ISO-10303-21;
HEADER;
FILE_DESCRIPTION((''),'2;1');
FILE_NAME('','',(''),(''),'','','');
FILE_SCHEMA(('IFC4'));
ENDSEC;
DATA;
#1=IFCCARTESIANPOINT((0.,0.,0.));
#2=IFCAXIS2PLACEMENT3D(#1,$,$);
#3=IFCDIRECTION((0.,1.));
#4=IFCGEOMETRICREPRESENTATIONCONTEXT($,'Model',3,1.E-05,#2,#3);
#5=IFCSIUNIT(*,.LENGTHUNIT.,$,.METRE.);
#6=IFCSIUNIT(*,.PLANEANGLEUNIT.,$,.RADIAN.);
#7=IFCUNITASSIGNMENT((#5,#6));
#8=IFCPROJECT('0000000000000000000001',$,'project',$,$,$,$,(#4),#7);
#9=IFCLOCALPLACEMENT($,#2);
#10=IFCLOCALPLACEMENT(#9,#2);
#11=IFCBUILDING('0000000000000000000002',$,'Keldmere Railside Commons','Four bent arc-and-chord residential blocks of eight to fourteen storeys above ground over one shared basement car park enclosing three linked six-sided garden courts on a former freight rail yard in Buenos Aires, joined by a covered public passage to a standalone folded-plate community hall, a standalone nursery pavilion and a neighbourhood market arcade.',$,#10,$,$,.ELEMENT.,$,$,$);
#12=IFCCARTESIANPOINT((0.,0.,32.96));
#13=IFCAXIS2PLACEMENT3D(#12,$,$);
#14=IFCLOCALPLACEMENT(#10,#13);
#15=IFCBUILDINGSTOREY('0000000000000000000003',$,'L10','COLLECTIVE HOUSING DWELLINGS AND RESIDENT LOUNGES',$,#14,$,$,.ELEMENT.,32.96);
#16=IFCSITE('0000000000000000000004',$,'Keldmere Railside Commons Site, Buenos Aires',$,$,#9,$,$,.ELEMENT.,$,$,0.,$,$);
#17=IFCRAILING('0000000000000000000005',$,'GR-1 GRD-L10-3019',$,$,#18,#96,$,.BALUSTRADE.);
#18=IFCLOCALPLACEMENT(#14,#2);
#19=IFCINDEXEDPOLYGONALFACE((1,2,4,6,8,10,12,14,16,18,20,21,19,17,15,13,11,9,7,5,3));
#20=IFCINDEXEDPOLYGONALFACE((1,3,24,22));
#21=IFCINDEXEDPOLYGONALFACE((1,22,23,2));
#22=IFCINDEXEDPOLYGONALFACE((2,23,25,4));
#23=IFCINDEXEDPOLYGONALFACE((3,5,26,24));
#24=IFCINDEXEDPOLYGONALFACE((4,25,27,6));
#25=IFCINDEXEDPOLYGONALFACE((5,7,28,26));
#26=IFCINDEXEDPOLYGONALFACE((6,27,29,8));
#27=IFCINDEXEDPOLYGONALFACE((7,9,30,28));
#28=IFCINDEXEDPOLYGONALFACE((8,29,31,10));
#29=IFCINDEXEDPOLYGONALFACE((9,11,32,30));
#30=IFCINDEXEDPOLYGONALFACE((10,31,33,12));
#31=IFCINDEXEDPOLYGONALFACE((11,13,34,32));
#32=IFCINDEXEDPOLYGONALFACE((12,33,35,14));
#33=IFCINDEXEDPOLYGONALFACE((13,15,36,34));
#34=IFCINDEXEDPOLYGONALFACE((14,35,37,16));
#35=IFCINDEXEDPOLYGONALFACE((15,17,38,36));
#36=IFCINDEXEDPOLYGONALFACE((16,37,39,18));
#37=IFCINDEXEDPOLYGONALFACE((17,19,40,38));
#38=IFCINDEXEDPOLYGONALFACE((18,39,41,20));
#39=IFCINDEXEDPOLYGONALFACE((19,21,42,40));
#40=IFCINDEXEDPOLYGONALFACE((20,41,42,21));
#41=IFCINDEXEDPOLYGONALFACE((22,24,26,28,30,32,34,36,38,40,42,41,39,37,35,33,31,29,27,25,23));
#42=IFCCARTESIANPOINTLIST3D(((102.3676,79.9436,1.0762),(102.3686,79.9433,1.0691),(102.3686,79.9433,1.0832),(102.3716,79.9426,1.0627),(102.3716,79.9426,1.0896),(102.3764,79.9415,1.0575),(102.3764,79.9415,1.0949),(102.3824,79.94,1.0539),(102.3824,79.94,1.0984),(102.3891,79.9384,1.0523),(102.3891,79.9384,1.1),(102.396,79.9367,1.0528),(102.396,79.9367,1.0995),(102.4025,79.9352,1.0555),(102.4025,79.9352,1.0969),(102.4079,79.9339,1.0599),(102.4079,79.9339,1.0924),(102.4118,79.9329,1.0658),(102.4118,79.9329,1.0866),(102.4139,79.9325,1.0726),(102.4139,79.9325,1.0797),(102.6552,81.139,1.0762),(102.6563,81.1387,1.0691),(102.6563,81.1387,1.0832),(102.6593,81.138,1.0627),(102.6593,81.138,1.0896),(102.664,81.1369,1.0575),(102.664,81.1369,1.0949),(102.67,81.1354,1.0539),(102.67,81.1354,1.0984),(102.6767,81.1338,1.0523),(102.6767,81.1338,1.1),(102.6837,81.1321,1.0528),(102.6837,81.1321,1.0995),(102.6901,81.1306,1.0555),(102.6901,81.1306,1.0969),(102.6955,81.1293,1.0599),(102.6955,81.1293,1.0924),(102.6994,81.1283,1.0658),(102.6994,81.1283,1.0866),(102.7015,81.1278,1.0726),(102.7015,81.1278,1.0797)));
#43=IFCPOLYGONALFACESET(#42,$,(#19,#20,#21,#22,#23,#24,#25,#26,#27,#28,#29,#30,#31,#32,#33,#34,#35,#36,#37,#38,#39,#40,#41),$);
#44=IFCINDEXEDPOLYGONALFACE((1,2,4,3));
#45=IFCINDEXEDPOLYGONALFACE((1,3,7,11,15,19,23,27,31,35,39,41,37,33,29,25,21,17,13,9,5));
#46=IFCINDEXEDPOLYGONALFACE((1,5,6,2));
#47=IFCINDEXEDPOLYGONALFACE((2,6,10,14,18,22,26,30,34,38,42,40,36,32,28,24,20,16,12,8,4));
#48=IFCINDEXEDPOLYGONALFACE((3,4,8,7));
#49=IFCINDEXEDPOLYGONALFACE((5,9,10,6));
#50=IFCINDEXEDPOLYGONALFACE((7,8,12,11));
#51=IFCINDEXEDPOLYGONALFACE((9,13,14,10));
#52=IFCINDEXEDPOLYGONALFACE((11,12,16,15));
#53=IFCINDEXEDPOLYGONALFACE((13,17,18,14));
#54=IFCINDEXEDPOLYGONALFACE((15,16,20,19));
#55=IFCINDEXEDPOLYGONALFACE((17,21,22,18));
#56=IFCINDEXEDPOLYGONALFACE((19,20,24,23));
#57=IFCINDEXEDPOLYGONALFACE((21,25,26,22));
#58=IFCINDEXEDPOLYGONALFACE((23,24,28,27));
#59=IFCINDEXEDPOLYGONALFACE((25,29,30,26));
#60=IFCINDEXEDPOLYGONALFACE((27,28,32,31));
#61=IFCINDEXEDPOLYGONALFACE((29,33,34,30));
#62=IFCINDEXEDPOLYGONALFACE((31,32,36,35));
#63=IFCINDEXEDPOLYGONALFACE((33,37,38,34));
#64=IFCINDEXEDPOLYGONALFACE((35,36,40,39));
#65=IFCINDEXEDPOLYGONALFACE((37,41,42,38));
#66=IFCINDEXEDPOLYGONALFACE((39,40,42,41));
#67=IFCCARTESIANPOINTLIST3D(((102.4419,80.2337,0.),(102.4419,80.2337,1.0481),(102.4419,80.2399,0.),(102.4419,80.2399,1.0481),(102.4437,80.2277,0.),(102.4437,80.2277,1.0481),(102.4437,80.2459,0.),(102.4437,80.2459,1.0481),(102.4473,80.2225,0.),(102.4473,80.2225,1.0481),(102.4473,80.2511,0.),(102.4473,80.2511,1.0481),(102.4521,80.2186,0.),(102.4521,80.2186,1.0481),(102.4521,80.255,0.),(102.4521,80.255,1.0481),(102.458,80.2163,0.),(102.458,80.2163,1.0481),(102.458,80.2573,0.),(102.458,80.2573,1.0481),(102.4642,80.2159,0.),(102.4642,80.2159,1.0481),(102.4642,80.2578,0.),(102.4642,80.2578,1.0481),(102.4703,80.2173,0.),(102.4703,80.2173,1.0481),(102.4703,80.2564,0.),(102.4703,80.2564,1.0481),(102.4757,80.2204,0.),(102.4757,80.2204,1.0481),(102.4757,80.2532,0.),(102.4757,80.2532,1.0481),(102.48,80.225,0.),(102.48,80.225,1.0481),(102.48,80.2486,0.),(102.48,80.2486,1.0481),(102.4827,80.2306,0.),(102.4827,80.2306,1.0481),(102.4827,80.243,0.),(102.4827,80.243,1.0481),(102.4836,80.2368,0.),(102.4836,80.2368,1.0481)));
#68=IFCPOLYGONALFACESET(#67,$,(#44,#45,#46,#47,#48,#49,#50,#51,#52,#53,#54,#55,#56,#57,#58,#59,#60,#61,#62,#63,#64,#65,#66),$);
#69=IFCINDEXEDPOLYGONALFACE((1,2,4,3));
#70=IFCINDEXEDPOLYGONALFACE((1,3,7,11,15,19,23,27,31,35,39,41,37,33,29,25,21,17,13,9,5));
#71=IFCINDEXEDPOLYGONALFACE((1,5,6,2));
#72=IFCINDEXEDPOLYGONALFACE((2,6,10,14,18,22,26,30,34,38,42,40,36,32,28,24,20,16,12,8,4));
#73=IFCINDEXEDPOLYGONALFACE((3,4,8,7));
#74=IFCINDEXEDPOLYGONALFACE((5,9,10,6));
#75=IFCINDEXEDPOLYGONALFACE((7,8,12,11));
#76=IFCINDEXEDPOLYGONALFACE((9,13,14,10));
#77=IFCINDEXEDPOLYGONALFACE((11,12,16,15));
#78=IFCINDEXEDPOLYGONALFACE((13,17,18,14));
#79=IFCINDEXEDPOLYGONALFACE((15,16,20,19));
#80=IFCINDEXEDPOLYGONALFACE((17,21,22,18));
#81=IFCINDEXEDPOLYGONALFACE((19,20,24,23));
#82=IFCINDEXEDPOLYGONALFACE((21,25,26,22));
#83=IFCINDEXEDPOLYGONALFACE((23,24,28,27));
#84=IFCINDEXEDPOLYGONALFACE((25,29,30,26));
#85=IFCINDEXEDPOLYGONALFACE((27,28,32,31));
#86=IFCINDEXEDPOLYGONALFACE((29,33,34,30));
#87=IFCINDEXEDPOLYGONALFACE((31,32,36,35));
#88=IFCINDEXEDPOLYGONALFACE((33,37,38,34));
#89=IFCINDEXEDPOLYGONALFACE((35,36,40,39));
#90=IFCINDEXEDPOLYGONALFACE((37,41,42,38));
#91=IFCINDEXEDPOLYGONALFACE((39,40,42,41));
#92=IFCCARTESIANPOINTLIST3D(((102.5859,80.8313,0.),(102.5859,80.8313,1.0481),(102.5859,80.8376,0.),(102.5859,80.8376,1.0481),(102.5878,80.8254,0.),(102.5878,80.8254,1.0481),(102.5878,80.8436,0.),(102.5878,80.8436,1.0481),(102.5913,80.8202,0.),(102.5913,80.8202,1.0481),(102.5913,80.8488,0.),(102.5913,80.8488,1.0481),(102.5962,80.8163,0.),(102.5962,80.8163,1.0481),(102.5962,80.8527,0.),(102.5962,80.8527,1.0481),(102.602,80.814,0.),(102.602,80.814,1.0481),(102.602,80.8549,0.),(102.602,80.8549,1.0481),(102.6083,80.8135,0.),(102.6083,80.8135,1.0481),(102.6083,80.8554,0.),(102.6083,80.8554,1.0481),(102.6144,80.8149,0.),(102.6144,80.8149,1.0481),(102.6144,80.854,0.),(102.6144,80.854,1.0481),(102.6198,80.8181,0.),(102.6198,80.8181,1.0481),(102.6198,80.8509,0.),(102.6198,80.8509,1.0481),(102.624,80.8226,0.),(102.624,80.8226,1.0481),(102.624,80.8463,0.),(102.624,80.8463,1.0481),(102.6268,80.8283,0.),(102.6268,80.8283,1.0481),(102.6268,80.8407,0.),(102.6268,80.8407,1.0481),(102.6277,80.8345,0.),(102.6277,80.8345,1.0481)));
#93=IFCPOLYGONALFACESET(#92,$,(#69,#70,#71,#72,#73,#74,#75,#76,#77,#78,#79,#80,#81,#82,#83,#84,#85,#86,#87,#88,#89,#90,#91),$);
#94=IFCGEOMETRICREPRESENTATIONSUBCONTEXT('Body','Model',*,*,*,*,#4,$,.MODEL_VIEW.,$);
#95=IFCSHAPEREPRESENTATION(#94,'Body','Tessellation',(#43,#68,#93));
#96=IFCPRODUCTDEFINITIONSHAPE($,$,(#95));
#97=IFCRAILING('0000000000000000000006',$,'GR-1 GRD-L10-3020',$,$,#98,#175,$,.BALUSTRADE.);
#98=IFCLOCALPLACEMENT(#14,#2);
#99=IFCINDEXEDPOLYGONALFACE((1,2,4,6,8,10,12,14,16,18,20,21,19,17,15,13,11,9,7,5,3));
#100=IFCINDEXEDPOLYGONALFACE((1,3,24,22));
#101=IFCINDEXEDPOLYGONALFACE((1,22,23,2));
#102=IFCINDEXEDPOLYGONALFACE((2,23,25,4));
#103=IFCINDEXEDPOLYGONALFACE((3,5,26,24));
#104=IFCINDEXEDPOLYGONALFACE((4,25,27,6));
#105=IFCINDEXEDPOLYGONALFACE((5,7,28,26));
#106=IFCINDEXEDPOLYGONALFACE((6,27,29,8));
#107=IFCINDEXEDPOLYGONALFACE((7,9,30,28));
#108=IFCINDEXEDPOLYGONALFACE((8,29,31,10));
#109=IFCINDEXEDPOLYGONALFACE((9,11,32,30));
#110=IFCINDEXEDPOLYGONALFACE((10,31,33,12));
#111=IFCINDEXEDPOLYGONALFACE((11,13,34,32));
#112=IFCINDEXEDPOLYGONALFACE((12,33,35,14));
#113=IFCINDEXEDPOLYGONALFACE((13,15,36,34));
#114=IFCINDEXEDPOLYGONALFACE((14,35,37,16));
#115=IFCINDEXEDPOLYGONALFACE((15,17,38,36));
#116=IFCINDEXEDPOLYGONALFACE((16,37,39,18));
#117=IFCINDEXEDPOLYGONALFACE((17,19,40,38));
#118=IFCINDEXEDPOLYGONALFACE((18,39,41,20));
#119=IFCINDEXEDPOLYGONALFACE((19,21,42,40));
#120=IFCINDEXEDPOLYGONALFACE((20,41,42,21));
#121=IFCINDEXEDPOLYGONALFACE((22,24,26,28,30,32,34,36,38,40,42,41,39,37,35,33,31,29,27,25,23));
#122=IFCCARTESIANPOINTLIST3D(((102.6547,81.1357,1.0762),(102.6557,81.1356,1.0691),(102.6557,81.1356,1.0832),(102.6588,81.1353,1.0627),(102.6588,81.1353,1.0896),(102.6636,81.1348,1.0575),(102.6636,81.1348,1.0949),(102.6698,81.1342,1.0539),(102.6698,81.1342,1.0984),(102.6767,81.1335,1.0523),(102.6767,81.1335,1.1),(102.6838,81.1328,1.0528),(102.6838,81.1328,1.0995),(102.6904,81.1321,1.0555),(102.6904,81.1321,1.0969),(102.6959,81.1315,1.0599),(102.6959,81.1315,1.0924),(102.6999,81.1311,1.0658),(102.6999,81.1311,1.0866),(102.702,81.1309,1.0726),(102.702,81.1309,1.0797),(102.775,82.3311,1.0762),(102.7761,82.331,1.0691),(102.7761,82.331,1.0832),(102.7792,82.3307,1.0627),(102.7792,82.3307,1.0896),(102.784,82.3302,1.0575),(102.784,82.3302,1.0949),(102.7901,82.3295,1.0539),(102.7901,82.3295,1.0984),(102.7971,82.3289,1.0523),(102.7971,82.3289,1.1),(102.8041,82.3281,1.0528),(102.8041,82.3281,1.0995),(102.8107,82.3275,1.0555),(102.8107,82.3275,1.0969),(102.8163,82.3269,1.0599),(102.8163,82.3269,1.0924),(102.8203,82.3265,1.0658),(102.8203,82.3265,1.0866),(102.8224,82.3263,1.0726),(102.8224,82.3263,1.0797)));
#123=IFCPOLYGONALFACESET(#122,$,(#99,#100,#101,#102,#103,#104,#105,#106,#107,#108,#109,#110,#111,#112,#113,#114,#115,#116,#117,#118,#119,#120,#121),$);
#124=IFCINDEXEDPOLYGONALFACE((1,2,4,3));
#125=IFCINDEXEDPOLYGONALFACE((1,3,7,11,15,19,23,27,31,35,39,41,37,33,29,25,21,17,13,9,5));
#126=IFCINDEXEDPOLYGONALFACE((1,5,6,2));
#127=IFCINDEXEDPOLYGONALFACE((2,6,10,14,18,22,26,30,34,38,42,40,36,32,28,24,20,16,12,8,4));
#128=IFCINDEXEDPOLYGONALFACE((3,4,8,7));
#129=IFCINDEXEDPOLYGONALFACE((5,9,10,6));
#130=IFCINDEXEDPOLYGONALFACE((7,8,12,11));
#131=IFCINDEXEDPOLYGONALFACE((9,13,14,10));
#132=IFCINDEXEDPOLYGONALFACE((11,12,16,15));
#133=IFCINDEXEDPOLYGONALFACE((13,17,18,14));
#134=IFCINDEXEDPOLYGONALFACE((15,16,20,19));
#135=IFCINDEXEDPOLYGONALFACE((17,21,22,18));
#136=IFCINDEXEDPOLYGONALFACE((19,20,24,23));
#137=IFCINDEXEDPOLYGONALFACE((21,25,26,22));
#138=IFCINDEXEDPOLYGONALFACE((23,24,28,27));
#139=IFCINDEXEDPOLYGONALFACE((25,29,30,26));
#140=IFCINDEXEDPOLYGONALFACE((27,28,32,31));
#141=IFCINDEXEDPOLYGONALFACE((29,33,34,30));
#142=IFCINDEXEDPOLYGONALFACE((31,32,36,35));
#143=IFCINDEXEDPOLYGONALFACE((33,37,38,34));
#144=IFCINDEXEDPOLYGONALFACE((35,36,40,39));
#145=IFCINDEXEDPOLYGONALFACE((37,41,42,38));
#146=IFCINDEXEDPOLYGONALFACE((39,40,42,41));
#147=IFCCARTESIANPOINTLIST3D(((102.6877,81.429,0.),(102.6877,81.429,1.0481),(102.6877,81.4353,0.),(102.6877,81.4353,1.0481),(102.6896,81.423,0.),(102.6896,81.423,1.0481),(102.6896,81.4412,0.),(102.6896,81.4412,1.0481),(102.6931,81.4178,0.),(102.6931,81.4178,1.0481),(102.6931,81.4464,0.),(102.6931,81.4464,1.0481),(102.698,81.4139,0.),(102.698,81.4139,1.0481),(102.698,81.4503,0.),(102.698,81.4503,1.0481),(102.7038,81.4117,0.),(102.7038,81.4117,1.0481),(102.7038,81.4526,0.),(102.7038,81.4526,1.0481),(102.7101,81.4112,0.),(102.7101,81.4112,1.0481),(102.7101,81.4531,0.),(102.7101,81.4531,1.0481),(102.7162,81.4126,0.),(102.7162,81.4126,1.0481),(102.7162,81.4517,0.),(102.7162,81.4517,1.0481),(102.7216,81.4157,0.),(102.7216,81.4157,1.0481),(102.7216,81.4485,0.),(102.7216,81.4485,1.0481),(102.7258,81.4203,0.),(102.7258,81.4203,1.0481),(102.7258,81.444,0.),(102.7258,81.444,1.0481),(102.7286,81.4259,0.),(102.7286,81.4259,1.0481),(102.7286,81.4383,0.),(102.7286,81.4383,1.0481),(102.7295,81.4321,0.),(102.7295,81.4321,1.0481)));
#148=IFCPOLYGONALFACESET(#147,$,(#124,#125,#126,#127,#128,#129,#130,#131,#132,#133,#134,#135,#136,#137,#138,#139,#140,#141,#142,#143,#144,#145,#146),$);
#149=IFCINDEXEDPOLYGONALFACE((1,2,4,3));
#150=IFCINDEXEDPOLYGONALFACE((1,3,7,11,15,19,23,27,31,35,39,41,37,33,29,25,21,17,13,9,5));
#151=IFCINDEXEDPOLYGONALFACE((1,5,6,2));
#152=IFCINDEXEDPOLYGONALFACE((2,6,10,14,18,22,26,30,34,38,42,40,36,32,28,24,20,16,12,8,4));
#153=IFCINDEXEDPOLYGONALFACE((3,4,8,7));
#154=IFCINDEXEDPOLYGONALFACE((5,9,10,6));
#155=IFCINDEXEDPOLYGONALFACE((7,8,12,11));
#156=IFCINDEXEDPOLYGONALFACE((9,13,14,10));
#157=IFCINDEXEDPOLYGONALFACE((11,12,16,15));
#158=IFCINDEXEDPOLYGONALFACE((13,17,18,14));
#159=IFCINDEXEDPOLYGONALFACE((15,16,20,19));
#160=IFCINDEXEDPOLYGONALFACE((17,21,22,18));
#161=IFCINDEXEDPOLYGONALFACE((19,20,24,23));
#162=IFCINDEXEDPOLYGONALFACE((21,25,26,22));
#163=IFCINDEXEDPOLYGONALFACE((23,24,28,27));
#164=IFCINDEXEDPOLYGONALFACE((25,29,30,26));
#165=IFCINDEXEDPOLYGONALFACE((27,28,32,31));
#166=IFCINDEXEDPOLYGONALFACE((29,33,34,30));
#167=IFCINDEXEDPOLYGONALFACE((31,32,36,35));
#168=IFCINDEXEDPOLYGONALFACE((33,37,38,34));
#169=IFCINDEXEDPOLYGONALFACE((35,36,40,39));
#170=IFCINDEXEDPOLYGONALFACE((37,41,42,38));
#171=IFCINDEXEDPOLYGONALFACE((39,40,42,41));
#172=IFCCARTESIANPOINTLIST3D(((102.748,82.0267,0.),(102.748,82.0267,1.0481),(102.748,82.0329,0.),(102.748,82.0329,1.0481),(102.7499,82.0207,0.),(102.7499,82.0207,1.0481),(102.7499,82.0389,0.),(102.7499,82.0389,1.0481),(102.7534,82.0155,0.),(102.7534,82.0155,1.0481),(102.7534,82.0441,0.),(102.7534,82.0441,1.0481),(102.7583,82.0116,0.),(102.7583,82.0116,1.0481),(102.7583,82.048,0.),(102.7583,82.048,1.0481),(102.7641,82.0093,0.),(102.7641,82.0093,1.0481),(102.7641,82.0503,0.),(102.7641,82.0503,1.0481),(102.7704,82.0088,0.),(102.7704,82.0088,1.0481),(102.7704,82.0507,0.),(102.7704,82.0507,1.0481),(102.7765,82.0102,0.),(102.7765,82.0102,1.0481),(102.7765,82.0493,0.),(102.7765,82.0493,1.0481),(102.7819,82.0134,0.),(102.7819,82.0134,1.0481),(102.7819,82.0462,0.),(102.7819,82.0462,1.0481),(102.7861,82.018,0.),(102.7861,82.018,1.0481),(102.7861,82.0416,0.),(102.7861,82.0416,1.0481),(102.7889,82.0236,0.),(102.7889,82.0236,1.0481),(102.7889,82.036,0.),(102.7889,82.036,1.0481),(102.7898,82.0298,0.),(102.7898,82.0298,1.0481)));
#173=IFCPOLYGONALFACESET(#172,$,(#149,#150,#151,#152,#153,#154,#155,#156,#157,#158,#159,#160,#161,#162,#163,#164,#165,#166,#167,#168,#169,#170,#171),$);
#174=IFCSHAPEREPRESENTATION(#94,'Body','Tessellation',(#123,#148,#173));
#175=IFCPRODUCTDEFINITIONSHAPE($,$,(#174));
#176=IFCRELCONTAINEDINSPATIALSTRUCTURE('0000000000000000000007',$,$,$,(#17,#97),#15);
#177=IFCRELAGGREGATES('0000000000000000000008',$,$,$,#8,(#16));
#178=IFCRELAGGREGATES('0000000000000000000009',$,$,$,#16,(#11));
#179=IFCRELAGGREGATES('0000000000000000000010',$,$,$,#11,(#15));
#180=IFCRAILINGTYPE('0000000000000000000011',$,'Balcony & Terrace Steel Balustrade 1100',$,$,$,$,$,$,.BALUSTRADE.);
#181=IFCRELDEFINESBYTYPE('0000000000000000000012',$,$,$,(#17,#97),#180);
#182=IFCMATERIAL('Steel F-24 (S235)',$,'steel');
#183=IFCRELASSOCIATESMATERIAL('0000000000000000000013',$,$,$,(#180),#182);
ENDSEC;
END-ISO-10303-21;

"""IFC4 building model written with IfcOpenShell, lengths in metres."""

from ifc_helpers import new_model, si_unit, direction, frame, origin, origin_2d, place, context, subcontext, project, spatial, circle, extrude, material, type_object, element, save


model = new_model("IFC4")

# Units and contexts
model_context = context("Model", 3, precision=1e-05, world=origin(), true_north=direction((0.0, 1.0)))
body_context = subcontext(model_context, "Body", "Model", "MODEL_VIEW")
ifc_project = project(units=[si_unit("LENGTHUNIT", "METRE"), si_unit("PLANEANGLEUNIT", "RADIAN")], contexts=[model_context])

# Site, building, storey
site_placement = place(None, origin())
site = spatial("IfcSite", under=ifc_project, at=site_placement, Name="Keldmere Railside Commons Site, Buenos Aires", CompositionType="ELEMENT", RefElevation=0.0)
building_placement = place(site_placement, origin())
building = spatial("IfcBuilding", under=site, at=building_placement, Name="Keldmere Railside Commons", Description="Four bent arc-and-chord residential blocks of eight to fourteen storeys above ground over one shared basement car park enclosing three linked six-sided garden courts on a former freight rail yard in Buenos Aires, joined by a covered public passage to a standalone folded-plate community hall, a standalone nursery pavilion and a neighbourhood market arcade.", CompositionType="ELEMENT")
storey_placement = place(building_placement, frame((0.0, 0.0, 32.96)))
storey = spatial("IfcBuildingStorey", under=building, at=storey_placement, Name="L10", Description="COLLECTIVE HOUSING DWELLINGS AND RESIDENT LOUNGES", CompositionType="ELEMENT", Elevation=32.96)

# Railings
ifc_material_1 = material(Name="Steel F-24 (S235)", Category="steel")
railing_type = type_object("IfcRailingType", Name="Balcony & Terrace Steel Balustrade 1100", PredefinedType="BALUSTRADE", material=ifc_material_1)
railing_1_placement = place(storey_placement, frame((102.3909, 79.938, 0.0)))
element("IfcRailing", 1, at=railing_1_placement, inside=storey, type_object=railing_type, Name="GR-1 GRD-L10-3019", PredefinedType="BALUSTRADE", context=body_context, shape_type="SweptSolid", body=[
    extrude(circle(Radius=0.0239, at=origin_2d()), frame((0.0, 0.0, 1.0762), z_axis=(0.233929, 0.972254, 0.0), x_axis=(-0.972254, 0.233929, 0.0)), (0.0, 0.0, 1.0), 1.2295),
    extrude(circle(Radius=0.021, at=origin_2d()), frame((0.0718, 0.2988, 0.0)), (0.0, 0.0, 1.0), 1.0481),
    extrude(circle(Radius=0.021, at=origin_2d()), frame((0.2158, 0.8965, 0.0)), (0.0, 0.0, 1.0), 1.0481),
])
railing_2_placement = place(storey_placement, frame((102.6785, 81.1333, 0.0)))
element("IfcRailing", 2, at=railing_2_placement, inside=storey, type_object=railing_type, Name="GR-1 GRD-L10-3020", PredefinedType="BALUSTRADE", context=body_context, shape_type="SweptSolid", body=[
    extrude(circle(Radius=0.0239, at=origin_2d()), frame((0.0, 0.0, 1.0762), z_axis=(0.100188, 0.994969, 0.0), x_axis=(-0.994969, 0.100188, 0.0)), (0.0, 0.0, 1.0), 1.2014),
    extrude(circle(Radius=0.021, at=origin_2d()), frame((0.03, 0.2988, 0.0)), (0.0, 0.0, 1.0), 1.0481),
    extrude(circle(Radius=0.021, at=origin_2d()), frame((0.0903, 0.8965, 0.0)), (0.0, 0.0, 1.0), 1.0481),
])

save(model, "model.ifc")
